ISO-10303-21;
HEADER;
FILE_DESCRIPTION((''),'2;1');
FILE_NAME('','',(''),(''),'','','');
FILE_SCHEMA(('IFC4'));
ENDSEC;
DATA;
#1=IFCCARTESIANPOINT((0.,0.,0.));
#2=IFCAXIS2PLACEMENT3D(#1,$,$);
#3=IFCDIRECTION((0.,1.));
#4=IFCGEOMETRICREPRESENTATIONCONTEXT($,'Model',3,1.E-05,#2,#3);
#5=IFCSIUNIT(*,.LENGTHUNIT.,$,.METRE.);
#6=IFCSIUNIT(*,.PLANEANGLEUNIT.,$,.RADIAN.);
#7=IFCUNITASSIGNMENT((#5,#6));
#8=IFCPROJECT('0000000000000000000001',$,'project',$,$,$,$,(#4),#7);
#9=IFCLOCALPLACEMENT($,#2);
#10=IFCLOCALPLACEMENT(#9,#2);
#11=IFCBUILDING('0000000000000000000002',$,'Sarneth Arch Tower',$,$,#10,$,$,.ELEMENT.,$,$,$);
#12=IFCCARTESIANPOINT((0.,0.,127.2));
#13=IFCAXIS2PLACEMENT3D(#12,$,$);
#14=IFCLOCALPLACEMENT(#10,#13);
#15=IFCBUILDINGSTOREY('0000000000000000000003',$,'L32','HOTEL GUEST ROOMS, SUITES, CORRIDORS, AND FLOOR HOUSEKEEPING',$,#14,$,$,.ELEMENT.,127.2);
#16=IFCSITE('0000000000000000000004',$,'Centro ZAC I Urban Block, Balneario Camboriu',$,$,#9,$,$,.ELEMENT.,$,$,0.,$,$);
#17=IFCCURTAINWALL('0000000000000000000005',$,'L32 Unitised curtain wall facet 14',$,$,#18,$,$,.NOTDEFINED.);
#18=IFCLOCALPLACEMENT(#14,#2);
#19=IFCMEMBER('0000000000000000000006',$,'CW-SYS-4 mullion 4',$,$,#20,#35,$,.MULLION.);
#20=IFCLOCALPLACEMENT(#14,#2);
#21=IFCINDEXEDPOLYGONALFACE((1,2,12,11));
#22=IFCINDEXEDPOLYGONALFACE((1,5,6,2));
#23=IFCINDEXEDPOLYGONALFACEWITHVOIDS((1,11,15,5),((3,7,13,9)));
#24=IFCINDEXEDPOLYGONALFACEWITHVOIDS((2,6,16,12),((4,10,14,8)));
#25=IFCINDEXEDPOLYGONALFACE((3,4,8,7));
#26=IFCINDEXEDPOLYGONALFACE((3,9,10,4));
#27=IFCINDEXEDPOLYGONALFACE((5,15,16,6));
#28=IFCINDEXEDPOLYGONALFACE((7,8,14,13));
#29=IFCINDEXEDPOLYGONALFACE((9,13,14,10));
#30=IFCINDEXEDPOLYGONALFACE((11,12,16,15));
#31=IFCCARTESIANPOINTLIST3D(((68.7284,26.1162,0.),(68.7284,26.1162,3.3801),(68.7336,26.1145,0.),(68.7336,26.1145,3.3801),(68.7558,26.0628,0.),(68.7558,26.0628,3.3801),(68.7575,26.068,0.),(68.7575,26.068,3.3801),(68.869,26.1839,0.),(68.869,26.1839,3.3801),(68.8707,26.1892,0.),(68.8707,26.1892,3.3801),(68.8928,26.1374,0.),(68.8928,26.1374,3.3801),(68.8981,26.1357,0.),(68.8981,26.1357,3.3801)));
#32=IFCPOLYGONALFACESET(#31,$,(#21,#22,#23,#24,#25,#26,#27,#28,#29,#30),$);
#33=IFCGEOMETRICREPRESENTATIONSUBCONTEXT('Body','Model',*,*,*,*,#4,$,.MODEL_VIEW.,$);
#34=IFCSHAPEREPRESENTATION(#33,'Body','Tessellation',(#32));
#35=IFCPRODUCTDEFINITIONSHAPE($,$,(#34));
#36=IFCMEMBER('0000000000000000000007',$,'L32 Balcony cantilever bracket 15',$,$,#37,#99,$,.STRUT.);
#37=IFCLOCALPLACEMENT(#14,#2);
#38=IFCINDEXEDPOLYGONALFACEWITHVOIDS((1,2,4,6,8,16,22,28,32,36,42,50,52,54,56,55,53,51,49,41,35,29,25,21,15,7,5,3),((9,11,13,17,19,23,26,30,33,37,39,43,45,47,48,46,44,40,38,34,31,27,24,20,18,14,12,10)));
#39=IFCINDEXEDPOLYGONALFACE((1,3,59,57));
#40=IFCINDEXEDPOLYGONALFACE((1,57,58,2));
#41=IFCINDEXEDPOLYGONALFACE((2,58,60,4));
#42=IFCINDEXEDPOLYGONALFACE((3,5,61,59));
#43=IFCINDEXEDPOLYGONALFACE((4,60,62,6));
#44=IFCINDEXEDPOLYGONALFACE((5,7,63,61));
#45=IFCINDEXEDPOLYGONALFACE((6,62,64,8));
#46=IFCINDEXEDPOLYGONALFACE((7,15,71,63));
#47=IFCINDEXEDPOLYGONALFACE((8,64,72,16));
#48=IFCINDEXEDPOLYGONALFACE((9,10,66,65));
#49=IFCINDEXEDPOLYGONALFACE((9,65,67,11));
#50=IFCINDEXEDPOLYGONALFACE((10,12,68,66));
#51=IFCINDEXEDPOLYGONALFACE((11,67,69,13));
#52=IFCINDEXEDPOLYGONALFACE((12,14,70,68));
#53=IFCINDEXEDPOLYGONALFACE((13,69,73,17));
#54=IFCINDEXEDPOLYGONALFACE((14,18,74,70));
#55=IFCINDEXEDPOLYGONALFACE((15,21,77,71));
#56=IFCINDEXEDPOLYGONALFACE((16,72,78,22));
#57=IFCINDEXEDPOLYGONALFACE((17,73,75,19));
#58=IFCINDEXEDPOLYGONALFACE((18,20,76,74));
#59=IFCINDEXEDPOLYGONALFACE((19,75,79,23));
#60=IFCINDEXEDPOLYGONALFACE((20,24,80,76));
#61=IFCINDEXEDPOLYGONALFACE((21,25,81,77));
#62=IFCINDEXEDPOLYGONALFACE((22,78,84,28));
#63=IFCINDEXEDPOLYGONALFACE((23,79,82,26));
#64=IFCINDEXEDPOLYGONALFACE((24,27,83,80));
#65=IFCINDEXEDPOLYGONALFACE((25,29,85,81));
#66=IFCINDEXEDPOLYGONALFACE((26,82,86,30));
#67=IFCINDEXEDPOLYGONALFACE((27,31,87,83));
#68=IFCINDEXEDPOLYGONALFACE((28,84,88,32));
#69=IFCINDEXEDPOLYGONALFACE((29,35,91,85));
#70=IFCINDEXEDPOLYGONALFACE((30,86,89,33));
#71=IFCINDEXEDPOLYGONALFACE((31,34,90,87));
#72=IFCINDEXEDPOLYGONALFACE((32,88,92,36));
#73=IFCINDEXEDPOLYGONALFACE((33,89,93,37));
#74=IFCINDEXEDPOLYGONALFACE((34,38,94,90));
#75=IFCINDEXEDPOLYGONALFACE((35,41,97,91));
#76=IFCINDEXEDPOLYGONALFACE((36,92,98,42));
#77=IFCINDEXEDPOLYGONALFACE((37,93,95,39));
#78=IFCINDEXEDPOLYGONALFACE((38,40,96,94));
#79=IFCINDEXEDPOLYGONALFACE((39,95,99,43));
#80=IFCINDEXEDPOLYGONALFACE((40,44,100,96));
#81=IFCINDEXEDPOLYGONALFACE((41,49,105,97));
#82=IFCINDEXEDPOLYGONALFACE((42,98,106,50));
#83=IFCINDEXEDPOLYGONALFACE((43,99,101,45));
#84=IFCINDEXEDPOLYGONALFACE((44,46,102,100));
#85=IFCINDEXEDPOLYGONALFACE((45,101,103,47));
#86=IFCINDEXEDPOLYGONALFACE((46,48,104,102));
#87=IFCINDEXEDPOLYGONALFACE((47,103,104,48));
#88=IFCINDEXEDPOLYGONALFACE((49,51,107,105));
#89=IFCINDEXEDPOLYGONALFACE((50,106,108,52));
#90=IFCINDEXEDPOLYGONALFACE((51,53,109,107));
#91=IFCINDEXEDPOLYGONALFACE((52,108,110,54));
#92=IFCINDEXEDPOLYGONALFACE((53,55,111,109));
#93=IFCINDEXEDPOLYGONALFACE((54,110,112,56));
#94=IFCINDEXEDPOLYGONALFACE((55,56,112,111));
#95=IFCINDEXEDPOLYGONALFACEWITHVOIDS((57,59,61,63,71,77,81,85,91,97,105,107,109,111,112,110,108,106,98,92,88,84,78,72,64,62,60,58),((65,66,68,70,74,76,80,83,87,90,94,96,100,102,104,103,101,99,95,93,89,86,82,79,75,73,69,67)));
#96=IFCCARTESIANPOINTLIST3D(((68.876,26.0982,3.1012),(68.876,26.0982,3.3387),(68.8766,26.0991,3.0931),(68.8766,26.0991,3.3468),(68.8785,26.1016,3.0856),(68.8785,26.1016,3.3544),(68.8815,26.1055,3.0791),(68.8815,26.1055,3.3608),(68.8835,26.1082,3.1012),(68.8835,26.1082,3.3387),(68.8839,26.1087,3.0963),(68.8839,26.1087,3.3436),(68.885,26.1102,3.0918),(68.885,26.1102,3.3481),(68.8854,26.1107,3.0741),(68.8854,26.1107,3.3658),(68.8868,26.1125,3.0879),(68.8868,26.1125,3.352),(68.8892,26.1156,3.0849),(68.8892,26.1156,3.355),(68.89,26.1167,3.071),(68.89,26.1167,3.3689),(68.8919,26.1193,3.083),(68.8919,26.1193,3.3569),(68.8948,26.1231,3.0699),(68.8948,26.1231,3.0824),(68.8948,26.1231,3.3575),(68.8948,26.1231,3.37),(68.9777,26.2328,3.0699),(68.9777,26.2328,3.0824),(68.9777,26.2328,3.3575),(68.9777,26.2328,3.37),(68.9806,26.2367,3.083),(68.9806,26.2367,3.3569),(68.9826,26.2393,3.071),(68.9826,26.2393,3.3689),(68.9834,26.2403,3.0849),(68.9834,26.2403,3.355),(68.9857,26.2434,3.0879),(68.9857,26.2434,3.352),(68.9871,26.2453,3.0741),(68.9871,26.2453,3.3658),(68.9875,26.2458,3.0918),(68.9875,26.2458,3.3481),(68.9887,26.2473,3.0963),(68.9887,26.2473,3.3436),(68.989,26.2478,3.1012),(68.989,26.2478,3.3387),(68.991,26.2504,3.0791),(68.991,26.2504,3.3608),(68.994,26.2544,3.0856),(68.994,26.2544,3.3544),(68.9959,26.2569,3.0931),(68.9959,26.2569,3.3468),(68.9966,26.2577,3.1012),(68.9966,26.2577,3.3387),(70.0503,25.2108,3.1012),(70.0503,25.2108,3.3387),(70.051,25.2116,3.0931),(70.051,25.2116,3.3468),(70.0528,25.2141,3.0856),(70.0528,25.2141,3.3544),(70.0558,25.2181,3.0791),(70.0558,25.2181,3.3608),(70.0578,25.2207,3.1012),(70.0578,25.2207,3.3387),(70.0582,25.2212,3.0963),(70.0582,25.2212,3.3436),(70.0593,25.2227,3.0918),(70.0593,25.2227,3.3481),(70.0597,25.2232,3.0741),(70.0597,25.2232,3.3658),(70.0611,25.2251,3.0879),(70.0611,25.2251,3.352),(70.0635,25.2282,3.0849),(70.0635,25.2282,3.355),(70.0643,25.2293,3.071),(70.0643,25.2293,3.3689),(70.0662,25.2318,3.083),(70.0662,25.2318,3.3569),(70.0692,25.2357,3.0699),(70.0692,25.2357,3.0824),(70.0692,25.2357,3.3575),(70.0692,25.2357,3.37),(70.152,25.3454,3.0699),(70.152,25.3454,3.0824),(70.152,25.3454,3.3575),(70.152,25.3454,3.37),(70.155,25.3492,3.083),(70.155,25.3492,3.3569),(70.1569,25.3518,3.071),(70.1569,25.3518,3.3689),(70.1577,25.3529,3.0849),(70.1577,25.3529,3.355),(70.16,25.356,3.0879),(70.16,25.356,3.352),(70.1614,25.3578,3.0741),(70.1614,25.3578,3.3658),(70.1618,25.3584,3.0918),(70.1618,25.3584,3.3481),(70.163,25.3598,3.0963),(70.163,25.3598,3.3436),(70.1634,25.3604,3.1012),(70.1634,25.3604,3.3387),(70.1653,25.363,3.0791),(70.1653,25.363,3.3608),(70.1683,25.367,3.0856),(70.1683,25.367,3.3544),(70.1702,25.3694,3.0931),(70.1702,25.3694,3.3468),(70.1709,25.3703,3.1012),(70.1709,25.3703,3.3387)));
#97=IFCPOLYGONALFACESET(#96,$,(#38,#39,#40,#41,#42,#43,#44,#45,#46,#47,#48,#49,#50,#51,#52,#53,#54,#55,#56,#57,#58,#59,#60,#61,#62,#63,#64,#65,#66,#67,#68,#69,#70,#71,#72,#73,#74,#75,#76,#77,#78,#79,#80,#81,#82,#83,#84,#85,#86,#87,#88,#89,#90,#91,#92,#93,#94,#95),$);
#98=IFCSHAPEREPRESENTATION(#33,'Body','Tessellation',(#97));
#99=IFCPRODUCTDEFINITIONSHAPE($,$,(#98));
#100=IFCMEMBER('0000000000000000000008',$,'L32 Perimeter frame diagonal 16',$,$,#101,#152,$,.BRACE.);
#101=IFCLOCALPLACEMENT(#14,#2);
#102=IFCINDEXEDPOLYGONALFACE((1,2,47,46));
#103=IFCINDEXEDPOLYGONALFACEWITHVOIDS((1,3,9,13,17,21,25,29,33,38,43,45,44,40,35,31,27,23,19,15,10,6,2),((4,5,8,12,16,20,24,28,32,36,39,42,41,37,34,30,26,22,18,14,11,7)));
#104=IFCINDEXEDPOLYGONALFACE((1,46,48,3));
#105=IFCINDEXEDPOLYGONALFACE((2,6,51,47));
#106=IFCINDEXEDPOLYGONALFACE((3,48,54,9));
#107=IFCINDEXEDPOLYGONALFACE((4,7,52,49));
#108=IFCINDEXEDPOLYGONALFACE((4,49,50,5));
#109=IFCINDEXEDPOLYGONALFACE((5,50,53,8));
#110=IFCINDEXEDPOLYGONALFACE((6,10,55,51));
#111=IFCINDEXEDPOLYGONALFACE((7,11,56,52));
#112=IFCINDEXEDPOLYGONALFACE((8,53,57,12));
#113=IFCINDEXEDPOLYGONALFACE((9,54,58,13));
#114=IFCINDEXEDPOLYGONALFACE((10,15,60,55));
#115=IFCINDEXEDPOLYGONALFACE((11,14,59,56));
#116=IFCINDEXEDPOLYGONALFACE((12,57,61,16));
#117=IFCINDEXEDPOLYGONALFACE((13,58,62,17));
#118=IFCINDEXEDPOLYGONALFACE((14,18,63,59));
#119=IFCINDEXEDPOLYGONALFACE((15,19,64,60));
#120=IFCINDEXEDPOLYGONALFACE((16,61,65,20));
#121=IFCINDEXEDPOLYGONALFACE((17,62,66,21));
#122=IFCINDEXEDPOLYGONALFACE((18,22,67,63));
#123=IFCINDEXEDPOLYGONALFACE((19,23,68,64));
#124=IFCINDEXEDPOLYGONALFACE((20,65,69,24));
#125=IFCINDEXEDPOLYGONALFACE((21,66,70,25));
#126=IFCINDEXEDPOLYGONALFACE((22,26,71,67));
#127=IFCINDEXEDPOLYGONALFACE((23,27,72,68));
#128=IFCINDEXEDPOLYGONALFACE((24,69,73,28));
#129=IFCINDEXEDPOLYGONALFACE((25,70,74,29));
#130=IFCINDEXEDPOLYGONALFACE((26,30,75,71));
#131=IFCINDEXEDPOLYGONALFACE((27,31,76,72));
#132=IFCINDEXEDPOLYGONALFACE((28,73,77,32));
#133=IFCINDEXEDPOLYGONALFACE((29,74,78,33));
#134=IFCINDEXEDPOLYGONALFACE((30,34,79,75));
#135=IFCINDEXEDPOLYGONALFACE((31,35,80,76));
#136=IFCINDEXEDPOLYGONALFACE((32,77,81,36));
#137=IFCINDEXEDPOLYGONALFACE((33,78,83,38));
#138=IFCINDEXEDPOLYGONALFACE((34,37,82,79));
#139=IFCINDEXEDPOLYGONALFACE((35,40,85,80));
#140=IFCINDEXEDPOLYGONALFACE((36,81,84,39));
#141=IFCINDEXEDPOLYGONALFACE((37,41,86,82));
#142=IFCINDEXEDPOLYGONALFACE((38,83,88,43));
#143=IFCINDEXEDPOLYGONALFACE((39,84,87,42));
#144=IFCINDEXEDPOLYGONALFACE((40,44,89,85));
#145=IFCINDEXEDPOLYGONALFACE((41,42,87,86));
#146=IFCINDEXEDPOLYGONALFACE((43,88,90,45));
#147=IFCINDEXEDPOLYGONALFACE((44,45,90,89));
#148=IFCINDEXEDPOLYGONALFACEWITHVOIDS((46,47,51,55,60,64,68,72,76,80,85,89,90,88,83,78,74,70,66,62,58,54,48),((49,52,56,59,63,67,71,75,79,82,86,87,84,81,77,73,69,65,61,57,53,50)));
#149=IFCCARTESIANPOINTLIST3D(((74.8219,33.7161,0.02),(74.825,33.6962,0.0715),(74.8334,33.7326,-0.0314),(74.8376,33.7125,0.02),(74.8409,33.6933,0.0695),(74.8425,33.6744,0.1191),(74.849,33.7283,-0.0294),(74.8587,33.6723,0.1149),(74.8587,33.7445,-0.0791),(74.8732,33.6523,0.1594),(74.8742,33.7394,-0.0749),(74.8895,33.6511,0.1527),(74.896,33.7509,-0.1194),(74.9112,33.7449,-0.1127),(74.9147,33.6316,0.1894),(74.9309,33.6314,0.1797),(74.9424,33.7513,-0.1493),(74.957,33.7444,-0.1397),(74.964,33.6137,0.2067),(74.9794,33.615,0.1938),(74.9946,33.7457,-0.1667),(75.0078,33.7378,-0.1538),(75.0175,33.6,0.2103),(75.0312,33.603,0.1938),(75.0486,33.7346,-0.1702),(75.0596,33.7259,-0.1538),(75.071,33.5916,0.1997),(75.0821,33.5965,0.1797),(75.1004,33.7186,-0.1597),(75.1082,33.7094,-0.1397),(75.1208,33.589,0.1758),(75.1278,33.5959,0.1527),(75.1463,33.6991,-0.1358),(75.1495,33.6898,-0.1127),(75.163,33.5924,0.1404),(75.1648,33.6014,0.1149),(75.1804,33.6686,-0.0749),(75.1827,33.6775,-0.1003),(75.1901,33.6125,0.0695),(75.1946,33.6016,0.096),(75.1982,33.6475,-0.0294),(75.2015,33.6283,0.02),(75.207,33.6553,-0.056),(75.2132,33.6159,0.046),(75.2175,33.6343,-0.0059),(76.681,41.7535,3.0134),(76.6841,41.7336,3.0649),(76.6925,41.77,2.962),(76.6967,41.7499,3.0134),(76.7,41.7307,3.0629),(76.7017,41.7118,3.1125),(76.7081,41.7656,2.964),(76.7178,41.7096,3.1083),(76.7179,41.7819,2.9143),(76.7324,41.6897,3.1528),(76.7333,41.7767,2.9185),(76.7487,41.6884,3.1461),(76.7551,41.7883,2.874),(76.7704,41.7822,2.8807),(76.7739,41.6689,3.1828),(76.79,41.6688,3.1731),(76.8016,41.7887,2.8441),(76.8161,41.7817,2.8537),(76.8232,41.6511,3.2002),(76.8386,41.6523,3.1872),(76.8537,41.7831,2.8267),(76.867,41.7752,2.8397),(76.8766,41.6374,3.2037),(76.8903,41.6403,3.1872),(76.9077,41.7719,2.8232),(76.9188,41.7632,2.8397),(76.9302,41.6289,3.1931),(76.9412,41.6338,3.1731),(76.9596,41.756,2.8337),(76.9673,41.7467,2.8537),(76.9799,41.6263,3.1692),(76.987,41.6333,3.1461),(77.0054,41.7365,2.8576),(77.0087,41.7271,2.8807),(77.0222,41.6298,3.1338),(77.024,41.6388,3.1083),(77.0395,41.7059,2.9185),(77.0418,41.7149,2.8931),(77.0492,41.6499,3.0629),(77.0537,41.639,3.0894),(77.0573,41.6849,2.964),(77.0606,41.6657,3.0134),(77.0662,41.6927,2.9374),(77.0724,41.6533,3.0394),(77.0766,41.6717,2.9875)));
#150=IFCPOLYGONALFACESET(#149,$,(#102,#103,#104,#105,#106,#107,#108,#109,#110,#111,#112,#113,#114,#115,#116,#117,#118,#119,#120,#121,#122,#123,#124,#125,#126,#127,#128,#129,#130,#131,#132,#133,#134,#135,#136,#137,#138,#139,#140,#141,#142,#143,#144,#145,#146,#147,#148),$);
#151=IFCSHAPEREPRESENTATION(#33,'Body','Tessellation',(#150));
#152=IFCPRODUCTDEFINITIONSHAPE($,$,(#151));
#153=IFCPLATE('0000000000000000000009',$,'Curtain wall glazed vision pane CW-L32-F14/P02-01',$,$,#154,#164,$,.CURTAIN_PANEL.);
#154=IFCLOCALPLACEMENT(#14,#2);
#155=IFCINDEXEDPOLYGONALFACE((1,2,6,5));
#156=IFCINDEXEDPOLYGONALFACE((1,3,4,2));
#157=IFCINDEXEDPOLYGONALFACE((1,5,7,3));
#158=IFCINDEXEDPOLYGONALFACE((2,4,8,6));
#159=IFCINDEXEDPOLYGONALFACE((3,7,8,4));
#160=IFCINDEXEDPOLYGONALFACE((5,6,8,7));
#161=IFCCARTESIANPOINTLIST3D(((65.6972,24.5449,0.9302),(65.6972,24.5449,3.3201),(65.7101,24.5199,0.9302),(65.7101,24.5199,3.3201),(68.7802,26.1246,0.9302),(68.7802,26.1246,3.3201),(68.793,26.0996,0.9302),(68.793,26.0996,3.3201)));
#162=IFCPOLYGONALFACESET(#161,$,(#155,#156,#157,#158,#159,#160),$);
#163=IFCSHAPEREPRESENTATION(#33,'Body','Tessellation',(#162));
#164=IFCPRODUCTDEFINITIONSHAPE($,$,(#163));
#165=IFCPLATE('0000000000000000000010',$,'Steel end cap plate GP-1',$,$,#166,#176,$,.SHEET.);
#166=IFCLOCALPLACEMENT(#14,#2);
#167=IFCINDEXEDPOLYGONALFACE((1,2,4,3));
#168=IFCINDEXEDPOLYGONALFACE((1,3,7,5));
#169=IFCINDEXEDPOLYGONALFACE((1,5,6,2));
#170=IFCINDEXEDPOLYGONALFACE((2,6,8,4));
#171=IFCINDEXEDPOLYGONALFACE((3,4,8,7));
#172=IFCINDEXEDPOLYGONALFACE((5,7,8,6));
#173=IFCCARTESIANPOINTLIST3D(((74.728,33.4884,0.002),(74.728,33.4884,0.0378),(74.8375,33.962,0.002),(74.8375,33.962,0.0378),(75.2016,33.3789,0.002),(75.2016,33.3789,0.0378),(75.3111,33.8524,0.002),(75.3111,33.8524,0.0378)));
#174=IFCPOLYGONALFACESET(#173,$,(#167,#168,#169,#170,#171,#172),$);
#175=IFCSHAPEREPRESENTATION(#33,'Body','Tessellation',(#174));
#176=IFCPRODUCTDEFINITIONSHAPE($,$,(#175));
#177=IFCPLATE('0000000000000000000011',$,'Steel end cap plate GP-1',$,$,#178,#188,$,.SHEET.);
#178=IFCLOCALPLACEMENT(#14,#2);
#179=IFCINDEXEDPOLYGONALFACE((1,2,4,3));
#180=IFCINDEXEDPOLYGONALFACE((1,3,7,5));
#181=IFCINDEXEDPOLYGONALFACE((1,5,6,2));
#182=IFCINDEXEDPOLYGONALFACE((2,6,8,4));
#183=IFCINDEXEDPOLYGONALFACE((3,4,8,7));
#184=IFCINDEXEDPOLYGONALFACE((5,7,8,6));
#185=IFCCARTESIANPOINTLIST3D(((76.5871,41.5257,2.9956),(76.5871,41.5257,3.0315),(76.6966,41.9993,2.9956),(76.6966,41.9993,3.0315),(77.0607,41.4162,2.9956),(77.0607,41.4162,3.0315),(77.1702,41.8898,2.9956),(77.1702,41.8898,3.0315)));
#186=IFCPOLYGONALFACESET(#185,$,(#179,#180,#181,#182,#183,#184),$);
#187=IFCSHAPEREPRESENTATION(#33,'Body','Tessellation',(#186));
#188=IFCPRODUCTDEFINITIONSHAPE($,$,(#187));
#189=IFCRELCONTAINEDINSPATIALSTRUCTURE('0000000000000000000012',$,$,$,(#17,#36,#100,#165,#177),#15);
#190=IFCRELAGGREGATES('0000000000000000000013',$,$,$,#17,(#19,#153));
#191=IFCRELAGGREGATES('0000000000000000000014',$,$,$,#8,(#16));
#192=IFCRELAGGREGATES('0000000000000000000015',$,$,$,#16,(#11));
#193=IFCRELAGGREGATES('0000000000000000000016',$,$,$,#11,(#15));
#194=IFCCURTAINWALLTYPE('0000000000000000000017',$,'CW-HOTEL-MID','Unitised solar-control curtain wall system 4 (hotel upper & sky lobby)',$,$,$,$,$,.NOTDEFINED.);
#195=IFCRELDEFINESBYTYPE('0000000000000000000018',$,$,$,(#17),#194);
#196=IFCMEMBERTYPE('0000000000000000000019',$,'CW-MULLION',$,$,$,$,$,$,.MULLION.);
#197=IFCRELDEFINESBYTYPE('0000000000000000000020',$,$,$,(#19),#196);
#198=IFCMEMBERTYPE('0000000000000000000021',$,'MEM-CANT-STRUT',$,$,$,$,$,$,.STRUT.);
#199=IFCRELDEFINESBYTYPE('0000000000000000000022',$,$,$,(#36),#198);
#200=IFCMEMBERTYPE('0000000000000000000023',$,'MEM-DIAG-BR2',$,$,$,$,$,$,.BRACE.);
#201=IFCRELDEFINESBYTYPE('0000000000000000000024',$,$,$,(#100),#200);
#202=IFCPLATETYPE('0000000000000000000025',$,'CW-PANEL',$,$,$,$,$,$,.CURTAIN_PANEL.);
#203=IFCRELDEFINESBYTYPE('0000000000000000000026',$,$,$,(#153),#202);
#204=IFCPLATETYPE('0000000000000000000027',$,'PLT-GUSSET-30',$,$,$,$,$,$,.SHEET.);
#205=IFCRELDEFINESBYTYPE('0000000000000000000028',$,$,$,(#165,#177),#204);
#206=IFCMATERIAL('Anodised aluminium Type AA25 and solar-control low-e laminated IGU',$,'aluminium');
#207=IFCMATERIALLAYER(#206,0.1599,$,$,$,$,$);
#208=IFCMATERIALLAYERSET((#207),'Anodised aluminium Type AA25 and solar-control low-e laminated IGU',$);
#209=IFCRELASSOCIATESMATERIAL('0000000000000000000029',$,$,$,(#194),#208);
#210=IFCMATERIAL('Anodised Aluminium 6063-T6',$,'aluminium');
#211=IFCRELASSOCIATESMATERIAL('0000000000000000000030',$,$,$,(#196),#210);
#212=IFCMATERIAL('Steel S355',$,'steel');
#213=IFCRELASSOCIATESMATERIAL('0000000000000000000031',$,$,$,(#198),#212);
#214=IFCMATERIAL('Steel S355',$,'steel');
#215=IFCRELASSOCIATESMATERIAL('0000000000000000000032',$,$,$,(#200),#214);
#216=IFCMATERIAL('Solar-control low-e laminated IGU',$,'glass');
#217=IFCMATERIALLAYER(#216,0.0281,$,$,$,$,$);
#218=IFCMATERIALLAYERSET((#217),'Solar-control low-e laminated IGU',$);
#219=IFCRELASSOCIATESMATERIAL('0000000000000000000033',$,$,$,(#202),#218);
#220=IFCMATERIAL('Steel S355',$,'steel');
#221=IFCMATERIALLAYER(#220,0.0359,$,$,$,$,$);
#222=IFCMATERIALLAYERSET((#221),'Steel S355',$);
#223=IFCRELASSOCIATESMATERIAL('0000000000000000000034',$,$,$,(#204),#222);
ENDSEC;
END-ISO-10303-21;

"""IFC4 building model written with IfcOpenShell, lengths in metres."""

from ifc_helpers import new_model, si_unit, direction, frame, origin, origin_2d, place, context, subcontext, project, spatial, rectangle, hollow_rectangle, hollow_circle, extrude, material, layer, layer_set, material_profile, profile_set, type_object, element, aggregate, save


model = new_model("IFC4")

# Units and contexts
model_context = context("Model", 3, precision=1e-05, world=origin(), true_north=direction((0.0, 1.0)))
body_context = subcontext(model_context, "Body", "Model", "MODEL_VIEW")
ifc_project = project(units=[si_unit("LENGTHUNIT", "METRE"), si_unit("PLANEANGLEUNIT", "RADIAN")], contexts=[model_context])

# Site, building, storey
site_placement = place(None, origin())
site = spatial("IfcSite", under=ifc_project, at=site_placement, Name="Centro ZAC I Urban Block, Balneario Camboriu", CompositionType="ELEMENT", RefElevation=0.0)
building_placement = place(site_placement, origin())
building = spatial("IfcBuilding", under=site, at=building_placement, Name="Sarneth Arch Tower", CompositionType="ELEMENT")
storey_placement = place(building_placement, frame((0.0, 0.0, 127.2)))
storey = spatial("IfcBuildingStorey", under=building, at=storey_placement, Name="L32", Description="HOTEL GUEST ROOMS, SUITES, CORRIDORS, AND FLOOR HOUSEKEEPING", CompositionType="ELEMENT", Elevation=127.2)

# Curtain wall, member
ifc_material_1 = material(Name="Anodised aluminium Type AA25 and solar-control low-e laminated IGU", Category="aluminium")
ifc_layer_1 = layer(ifc_material_1, 0.1599)
ifc_layer_set_1 = layer_set([ifc_layer_1], Name="Anodised aluminium Type AA25 and solar-control low-e laminated IGU")
curtain_wall_type = type_object("IfcCurtainWallType", Name="CW-HOTEL-MID", Description="Unitised solar-control curtain wall system 4 (hotel upper & sky lobby)", PredefinedType="NOTDEFINED", material=ifc_layer_set_1)
curtain_wall_placement = place(storey_placement, origin())
curtain_wall = element("IfcCurtainWall", 1, at=curtain_wall_placement, inside=storey, type_object=curtain_wall_type, Name="L32 Unitised curtain wall facet 14", PredefinedType="NOTDEFINED")
ifc_material_2 = material(Name="Anodised Aluminium 6063-T6", Category="aluminium")
ifc_material_profile_1 = material_profile(ifc_material_2, hollow_rectangle(XDim=0.0601, YDim=0.1599, WallThickness=0.0039, at=origin_2d()), Name="AL-MULL-160x60x4")
ifc_profile_set_1 = profile_set([ifc_material_profile_1], Name="Anodised Aluminium 6063-T6")
member_type_1 = type_object("IfcMemberType", Name="CW-MULLION", PredefinedType="MULLION", material=ifc_profile_set_1)
member_1_placement = place(storey_placement, frame((68.8132, 26.126, 0.0), z_axis=(0.0, 0.0, 1.0), x_axis=(-0.456031, 0.889964, 0.0)))
member_1 = element("IfcMember", 2, at=member_1_placement, type_object=member_type_1, Name="CW-SYS-4 mullion 4", PredefinedType="MULLION", context=body_context, shape_type="SweptSolid", body=[
    extrude(hollow_rectangle(XDim=0.0601, YDim=0.1599, WallThickness=0.0039, at=origin_2d()), origin(), (0.0, 0.0, 1.0), 3.3801),
])

# Members
ifc_material_3 = material(Name="Steel S355", Category="steel")
ifc_material_profile_2 = material_profile(ifc_material_3, hollow_rectangle(XDim=0.2, YDim=0.3, WallThickness=0.0125, InnerFilletRadius=0.0188, OuterFilletRadius=0.0312, at=origin_2d()), Name="RHS300x200x12.5")
ifc_profile_set_2 = profile_set([ifc_material_profile_2], Name="Steel S355")
member_type_2 = type_object("IfcMemberType", Name="MEM-CANT-STRUT", PredefinedType="STRUT", material=ifc_profile_set_2)
member_2_placement = place(storey_placement, frame((68.9363, 26.178, 3.22), z_axis=(0.797805, -0.602915, 0.0), x_axis=(0.602915, 0.797805, 0.0)))
element("IfcMember", 3, at=member_2_placement, inside=storey, type_object=member_type_2, Name="L32 Balcony cantilever bracket 15", PredefinedType="STRUT", context=body_context, shape_type="SweptSolid", body=[
    extrude(hollow_rectangle(XDim=0.2, YDim=0.3, WallThickness=0.0125, InnerFilletRadius=0.0188, OuterFilletRadius=0.0312, at=origin_2d()), origin(), (0.0, 0.0, 1.0), 1.4719),
])
ifc_material_4 = material(Name="Steel S355", Category="steel")
ifc_material_profile_3 = material_profile(ifc_material_4, hollow_circle(Radius=0.2029, WallThickness=0.0161, at=origin_2d()), Name="CHS406x16")
ifc_profile_set_3 = profile_set([ifc_material_profile_3], Name="Steel S355")
member_type_3 = type_object("IfcMemberType", Name="MEM-DIAG-BR2", PredefinedType="BRACE", material=ifc_profile_set_3)
member_3_placement = place(storey_placement, frame((75.0195, 33.6704, 0.02), z_axis=(0.211846, 0.915847, 0.341095), x_axis=(-0.974275, 0.225361, 0.0)))
element("IfcMember", 4, at=member_3_placement, inside=storey, type_object=member_type_3, Name="L32 Perimeter frame diagonal 16", PredefinedType="BRACE", context=body_context, shape_type="SweptSolid", body=[
    extrude(hollow_circle(Radius=0.2029, WallThickness=0.0161, at=origin_2d()), origin(), (0.0, 0.0, 1.0), 8.7759),
])

# Plate
ifc_material_5 = material(Name="Solar-control low-e laminated IGU", Category="glass")
ifc_layer_2 = layer(ifc_material_5, 0.0281)
ifc_layer_set_2 = layer_set([ifc_layer_2], Name="Solar-control low-e laminated IGU")
plate_type_1 = type_object("IfcPlateType", Name="CW-PANEL", PredefinedType="CURTAIN_PANEL", material=ifc_layer_set_2)
plate_placement = place(storey_placement, frame((67.2451, 25.3223, 0.9302), z_axis=(0.0, 0.0, 1.0), x_axis=(0.889964, 0.456031, 0.0)))
plate = element("IfcPlate", 5, at=plate_placement, type_object=plate_type_1, Name="Curtain wall glazed vision pane CW-L32-F14/P02-01", PredefinedType="CURTAIN_PANEL", context=body_context, shape_type="SweptSolid", body=[
    extrude(rectangle(XDim=3.4641, YDim=0.0281, at=origin_2d()), origin(), (0.0, 0.0, 1.0), 2.3899),
])
aggregate(curtain_wall, [member_1, plate])

# Plates
ifc_material_6 = material(Name="Steel S355", Category="steel")
ifc_layer_3 = layer(ifc_material_6, 0.0359)
ifc_layer_set_3 = layer_set([ifc_layer_3], Name="Steel S355")
plate_type_2 = type_object("IfcPlateType", Name="PLT-GUSSET-30", PredefinedType="SHEET", material=ifc_layer_set_3)
for number, where, z_axis, x_axis, name in (
    (6, (75.0195, 33.6704, 0.002), (0.0, 0.0, 1.0), (0.225291, 0.974291, 0.0), "Steel end cap plate GP-1"),
    (7, (76.8787, 41.7078, 2.9956), (0.0, 0.0, 1.0), (0.225291, 0.974291, 0.0), "Steel end cap plate GP-1"),
):
    element("IfcPlate", number, at=place(storey_placement, frame(where, z_axis=z_axis, x_axis=x_axis)), inside=storey, type_object=plate_type_2, Name=name, PredefinedType="SHEET", context=body_context, shape_type="SweptSolid", body=[
        extrude(rectangle(XDim=0.4861, YDim=0.4861, at=origin_2d()), origin(), (0.0, 0.0, 1.0), 0.0359),
    ])

save(model, "model.ifc")
